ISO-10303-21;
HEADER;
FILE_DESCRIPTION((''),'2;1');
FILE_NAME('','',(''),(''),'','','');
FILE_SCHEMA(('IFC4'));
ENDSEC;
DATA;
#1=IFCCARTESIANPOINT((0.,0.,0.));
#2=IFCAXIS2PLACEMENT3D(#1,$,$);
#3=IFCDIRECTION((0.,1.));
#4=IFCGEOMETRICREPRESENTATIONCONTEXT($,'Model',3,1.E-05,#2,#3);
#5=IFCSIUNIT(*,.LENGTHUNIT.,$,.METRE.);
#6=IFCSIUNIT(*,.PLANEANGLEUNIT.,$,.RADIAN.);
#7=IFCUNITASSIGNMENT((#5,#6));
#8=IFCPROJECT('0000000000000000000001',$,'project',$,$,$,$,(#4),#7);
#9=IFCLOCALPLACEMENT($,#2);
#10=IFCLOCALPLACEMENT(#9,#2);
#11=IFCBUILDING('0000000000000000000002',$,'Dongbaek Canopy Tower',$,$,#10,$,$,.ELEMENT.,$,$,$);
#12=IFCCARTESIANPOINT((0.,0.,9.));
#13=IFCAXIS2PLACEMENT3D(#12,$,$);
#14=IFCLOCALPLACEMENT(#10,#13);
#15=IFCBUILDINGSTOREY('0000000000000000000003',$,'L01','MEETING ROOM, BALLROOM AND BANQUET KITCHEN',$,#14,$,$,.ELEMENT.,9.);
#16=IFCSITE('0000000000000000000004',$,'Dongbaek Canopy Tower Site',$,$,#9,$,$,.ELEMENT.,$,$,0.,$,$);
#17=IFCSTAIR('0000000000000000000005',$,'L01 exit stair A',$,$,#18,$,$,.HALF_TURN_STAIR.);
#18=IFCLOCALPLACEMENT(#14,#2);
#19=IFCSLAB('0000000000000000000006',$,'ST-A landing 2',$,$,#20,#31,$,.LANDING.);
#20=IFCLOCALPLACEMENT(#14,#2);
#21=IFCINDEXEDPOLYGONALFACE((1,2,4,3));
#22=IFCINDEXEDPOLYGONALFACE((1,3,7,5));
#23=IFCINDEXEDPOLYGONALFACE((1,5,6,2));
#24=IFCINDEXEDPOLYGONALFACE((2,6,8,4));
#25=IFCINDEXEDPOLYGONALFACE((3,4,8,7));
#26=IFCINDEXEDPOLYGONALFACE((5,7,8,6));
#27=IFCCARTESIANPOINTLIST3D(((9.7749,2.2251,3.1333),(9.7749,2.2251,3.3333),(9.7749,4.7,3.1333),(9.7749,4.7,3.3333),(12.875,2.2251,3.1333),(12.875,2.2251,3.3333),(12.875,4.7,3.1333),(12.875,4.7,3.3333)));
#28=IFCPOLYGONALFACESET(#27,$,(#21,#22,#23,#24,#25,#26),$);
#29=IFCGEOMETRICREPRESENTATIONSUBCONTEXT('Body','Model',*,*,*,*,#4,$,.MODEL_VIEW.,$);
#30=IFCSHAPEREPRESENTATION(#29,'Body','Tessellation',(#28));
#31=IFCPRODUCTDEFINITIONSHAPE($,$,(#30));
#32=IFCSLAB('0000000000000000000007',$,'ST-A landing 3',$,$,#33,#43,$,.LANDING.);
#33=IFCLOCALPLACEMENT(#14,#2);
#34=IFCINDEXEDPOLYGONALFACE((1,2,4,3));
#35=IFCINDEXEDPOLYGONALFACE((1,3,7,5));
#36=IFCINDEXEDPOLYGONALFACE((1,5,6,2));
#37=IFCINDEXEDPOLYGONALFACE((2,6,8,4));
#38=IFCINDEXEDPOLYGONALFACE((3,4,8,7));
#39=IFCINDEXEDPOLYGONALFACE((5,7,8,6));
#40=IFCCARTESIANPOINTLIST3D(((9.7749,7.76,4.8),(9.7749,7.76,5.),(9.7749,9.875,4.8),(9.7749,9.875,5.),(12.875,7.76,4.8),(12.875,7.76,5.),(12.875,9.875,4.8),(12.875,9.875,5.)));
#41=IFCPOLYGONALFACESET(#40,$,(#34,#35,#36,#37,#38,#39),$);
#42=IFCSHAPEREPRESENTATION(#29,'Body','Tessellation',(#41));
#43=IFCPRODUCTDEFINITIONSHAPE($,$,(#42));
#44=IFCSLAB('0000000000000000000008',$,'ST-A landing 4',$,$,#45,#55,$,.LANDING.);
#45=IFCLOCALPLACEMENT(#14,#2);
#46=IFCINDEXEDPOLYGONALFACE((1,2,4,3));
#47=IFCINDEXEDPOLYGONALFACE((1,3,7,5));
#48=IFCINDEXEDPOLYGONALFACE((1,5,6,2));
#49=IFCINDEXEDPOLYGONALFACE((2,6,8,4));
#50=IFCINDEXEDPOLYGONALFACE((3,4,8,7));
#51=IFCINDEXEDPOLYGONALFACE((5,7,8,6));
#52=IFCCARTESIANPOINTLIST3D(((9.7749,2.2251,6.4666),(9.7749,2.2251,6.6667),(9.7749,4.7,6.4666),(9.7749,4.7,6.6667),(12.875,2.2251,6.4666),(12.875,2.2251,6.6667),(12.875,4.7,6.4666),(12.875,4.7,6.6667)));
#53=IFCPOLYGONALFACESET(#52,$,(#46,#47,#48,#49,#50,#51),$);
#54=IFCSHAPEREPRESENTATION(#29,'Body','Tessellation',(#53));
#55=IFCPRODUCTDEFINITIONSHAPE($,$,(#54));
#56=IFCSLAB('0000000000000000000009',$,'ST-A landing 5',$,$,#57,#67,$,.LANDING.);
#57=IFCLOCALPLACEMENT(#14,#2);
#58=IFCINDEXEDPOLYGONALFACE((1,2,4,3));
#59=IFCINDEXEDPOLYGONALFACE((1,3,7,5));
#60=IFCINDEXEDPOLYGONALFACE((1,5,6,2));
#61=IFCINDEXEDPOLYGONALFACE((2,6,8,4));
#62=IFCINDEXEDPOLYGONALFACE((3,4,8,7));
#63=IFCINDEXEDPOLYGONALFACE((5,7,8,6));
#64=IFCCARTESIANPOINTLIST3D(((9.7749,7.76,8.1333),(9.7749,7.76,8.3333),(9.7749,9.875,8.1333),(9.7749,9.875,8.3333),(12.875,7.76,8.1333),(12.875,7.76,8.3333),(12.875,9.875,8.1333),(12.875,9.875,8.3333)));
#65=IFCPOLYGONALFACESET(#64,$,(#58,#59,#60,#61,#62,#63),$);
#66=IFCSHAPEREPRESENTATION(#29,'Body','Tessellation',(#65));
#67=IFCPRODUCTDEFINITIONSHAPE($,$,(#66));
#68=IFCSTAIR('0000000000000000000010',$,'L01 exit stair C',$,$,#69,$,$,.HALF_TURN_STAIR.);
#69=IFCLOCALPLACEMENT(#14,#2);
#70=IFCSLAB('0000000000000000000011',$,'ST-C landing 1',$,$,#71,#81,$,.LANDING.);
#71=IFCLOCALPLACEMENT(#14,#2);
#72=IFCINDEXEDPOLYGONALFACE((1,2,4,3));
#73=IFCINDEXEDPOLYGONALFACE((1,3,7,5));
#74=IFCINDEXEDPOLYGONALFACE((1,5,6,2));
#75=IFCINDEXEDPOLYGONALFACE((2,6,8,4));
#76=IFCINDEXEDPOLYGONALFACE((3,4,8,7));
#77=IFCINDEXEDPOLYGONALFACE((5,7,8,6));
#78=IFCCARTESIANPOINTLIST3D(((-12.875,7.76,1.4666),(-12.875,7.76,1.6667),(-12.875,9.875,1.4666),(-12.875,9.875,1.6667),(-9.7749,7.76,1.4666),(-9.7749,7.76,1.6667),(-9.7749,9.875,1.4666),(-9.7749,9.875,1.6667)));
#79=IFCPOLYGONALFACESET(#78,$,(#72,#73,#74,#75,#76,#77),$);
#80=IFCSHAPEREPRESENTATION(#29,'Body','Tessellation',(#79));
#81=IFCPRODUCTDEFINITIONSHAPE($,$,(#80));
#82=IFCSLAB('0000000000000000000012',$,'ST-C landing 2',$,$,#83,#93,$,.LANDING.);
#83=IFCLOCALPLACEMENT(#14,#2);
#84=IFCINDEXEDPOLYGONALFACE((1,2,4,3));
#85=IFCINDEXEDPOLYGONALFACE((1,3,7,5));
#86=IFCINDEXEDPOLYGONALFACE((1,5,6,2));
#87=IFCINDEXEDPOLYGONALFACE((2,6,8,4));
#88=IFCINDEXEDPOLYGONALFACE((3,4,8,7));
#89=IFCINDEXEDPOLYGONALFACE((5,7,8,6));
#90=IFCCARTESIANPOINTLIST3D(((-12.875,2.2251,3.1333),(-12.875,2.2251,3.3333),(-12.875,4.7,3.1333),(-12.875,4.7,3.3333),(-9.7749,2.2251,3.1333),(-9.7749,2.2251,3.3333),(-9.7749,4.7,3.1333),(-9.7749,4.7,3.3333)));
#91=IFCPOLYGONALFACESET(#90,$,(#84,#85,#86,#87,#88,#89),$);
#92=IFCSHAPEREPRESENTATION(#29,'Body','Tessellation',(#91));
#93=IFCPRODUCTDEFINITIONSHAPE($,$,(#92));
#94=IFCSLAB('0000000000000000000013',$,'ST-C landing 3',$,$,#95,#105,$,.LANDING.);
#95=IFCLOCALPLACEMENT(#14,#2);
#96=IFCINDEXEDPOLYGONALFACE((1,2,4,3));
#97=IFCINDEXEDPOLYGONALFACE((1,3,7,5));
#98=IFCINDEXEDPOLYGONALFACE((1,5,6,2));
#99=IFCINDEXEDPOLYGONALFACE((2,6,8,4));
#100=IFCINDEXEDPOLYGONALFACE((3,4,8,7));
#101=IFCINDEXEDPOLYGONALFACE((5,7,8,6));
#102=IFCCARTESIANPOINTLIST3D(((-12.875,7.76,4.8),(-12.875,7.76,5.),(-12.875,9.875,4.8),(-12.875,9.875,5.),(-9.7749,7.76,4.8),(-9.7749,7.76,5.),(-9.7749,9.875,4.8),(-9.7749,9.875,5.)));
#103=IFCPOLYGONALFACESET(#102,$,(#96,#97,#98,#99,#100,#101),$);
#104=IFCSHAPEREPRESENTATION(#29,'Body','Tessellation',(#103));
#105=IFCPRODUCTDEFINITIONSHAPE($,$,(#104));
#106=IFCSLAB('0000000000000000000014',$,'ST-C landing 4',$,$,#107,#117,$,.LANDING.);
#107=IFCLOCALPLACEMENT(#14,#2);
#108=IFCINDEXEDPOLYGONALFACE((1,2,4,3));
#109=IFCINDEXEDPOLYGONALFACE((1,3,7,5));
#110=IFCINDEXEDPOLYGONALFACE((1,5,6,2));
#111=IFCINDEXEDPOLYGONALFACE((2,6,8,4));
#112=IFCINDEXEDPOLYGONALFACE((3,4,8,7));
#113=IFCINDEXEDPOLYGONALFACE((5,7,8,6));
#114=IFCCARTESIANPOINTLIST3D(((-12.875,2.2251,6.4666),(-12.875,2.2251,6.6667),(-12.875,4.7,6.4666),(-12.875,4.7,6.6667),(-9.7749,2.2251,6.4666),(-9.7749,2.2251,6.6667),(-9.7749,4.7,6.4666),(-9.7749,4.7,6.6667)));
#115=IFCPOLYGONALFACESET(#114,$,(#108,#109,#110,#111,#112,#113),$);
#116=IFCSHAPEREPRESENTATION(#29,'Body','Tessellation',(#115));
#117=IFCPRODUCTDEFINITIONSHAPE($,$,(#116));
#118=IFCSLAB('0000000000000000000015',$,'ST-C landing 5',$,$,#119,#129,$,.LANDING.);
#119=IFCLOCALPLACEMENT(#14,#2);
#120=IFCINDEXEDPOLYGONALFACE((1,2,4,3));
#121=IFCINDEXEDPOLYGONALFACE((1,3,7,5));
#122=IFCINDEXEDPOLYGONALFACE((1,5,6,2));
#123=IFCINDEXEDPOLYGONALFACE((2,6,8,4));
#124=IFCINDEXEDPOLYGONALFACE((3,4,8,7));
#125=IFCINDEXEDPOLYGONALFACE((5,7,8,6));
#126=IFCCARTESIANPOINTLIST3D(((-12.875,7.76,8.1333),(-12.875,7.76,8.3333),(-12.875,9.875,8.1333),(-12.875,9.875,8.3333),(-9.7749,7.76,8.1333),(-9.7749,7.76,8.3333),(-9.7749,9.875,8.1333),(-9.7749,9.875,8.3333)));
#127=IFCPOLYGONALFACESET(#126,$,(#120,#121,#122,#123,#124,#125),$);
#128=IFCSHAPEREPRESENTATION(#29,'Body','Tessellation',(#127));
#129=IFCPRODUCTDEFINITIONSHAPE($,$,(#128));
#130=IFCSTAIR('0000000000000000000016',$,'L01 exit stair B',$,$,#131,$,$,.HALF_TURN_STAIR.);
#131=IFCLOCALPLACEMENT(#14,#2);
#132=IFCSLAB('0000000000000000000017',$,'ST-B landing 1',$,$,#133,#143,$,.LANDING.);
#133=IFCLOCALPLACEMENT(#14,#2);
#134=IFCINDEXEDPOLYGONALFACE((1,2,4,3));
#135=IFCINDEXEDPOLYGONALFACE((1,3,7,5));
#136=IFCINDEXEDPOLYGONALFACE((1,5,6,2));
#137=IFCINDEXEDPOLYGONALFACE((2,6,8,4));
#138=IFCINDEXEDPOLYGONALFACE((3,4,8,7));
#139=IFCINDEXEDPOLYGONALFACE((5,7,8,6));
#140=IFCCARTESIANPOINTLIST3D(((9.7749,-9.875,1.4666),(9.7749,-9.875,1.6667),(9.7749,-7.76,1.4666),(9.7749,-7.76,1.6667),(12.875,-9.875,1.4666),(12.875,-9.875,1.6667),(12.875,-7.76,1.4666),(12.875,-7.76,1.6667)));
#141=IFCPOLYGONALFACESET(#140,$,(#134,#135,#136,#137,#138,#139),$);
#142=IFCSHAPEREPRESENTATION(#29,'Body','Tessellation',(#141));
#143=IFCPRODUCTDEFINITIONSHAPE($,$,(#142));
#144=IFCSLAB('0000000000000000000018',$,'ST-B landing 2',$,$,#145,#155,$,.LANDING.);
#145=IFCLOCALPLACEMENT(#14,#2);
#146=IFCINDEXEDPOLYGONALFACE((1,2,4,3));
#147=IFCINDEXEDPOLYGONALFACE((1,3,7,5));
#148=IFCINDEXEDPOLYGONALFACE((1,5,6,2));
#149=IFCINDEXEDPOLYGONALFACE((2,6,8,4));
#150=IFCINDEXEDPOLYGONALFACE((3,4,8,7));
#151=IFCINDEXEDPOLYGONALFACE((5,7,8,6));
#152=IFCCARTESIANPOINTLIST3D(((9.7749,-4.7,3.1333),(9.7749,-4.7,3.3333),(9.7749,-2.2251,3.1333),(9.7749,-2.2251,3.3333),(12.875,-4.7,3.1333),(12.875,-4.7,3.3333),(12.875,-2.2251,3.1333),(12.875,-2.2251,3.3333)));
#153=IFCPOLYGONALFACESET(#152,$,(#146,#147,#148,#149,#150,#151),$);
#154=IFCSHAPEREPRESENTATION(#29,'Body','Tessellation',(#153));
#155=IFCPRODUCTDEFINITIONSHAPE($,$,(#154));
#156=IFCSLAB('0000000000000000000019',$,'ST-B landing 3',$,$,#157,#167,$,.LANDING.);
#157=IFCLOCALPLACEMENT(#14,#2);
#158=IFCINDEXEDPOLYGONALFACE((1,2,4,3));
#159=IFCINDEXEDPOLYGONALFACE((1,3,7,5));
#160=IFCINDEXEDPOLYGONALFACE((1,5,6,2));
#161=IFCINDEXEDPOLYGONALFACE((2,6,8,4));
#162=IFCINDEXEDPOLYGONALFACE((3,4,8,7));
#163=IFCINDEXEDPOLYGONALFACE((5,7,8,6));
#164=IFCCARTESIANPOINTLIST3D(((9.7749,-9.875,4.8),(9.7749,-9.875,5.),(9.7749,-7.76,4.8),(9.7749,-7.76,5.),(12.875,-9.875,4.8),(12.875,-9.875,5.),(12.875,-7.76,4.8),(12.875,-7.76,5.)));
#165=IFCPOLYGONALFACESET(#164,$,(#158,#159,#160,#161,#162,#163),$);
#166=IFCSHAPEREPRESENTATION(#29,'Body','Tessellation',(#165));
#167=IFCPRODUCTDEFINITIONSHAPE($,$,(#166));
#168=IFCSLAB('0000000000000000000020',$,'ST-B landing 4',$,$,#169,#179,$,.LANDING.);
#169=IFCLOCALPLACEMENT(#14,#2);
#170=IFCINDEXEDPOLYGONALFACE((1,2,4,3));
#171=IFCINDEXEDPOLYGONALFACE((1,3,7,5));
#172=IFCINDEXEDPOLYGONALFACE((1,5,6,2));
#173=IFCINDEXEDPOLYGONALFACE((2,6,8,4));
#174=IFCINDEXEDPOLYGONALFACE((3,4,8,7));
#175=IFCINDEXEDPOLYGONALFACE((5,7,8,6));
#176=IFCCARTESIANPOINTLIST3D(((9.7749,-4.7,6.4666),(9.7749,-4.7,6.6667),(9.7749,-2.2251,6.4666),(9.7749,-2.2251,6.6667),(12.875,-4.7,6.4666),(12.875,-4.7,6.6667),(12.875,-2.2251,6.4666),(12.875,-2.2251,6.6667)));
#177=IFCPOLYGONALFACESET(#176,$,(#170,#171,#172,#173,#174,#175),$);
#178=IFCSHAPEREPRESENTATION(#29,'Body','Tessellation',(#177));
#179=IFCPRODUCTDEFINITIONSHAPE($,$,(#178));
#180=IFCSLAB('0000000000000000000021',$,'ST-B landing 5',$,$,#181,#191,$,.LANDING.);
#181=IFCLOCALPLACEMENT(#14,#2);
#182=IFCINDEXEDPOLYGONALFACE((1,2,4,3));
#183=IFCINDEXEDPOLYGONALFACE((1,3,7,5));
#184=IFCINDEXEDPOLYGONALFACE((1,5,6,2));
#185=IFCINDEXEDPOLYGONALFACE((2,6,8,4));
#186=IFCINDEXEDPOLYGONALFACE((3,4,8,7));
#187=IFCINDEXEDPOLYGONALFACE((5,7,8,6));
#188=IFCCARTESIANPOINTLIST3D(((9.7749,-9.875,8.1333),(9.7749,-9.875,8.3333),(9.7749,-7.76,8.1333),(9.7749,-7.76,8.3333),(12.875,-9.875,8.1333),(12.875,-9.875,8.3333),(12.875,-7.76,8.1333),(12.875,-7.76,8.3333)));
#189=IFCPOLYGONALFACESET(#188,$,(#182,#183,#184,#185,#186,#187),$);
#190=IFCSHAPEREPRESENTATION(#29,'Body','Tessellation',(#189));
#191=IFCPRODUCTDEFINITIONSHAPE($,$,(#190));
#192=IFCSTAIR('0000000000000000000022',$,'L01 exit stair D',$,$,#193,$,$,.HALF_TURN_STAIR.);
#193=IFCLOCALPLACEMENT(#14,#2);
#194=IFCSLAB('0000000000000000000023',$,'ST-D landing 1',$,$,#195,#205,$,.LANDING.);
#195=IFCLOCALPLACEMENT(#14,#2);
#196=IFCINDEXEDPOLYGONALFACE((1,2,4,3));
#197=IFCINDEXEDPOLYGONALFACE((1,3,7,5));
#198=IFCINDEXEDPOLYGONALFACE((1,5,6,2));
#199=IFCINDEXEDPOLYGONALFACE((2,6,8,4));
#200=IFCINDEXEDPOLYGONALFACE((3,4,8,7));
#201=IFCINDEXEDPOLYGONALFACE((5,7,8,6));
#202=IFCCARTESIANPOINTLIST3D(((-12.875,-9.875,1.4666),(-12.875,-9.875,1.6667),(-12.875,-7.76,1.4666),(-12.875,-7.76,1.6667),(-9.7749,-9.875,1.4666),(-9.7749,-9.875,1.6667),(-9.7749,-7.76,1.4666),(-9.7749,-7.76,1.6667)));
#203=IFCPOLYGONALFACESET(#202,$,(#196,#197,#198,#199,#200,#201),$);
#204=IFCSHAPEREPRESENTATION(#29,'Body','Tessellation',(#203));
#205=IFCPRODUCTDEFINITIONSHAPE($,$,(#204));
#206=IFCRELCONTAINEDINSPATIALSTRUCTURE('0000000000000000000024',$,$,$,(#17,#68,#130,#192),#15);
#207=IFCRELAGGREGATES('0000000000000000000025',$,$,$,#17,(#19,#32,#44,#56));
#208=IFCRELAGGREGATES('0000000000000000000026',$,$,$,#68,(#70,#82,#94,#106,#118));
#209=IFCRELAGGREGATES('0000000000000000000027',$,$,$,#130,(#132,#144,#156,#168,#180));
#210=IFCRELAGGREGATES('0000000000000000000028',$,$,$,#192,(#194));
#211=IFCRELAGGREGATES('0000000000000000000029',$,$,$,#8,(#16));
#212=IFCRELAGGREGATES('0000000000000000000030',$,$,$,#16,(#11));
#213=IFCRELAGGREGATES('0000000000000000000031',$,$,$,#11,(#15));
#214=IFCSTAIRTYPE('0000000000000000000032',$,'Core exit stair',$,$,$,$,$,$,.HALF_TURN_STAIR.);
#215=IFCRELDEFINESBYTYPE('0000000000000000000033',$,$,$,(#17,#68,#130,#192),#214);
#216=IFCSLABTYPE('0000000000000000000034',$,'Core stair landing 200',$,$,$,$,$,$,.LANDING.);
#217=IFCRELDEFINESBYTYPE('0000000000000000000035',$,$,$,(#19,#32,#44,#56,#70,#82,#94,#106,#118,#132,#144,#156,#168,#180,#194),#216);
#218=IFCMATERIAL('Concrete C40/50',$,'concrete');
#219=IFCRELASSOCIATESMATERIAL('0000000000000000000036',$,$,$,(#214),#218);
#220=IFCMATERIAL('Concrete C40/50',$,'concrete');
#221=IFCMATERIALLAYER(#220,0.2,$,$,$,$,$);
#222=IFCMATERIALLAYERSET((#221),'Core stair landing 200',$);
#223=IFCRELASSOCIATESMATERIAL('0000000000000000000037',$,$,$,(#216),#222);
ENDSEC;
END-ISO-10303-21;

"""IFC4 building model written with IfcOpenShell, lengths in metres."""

from ifc_helpers import new_model, si_unit, direction, frame, origin, place, context, subcontext, project, spatial, polyline, outline, extrude, material, layer, layer_set, type_object, element, aggregate, save


model = new_model("IFC4")

# Units and contexts
model_context = context("Model", 3, precision=1e-05, world=origin(), true_north=direction((0.0, 1.0)))
body_context = subcontext(model_context, "Body", "Model", "MODEL_VIEW")
ifc_project = project(units=[si_unit("LENGTHUNIT", "METRE"), si_unit("PLANEANGLEUNIT", "RADIAN")], contexts=[model_context])

# Site, building, storey
site_placement = place(None, origin())
site = spatial("IfcSite", under=ifc_project, at=site_placement, Name="Dongbaek Canopy Tower Site", CompositionType="ELEMENT", RefElevation=0.0)
building_placement = place(site_placement, origin())
building = spatial("IfcBuilding", under=site, at=building_placement, Name="Dongbaek Canopy Tower", CompositionType="ELEMENT")
storey_placement = place(building_placement, frame((0.0, 0.0, 9.0)))
storey = spatial("IfcBuildingStorey", under=building, at=storey_placement, Name="L01", Description="MEETING ROOM, BALLROOM AND BANQUET KITCHEN", CompositionType="ELEMENT", Elevation=9.0)

# Stairs, slabs
ifc_material_1 = material(Name="Concrete C40/50", Category="concrete")
stair_type = type_object("IfcStairType", Name="Core exit stair", PredefinedType="HALF_TURN_STAIR", material=ifc_material_1)
stair_1_placement = place(storey_placement, origin())
stair_1 = element("IfcStair", 1, at=stair_1_placement, inside=storey, type_object=stair_type, Name="L01 exit stair A", PredefinedType="HALF_TURN_STAIR")
ifc_material_2 = material(Name="Concrete C40/50", Category="concrete")
ifc_layer = layer(ifc_material_2, 0.2)
ifc_layer_set = layer_set([ifc_layer], Name="Core stair landing 200")
slab_type = type_object("IfcSlabType", Name="Core stair landing 200", PredefinedType="LANDING", material=ifc_layer_set)
slab_1_placement = place(storey_placement, frame((0.0, 0.0, 3.1333)))
slab_1 = element("IfcSlab", 2, at=slab_1_placement, type_object=slab_type, Name="ST-A landing 2", PredefinedType="LANDING", context=body_context, shape_type="SweptSolid", body=[
    extrude(outline(polyline([(12.875, 2.2251), (12.875, 4.7), (9.7749, 4.7), (9.7749, 2.2251), (12.875, 2.2251)])), origin(), (0.0, 0.0, 1.0), 0.2),
])
slab_2_placement = place(storey_placement, frame((0.0, 0.0, 4.8)))
slab_2 = element("IfcSlab", 3, at=slab_2_placement, type_object=slab_type, Name="ST-A landing 3", PredefinedType="LANDING", context=body_context, shape_type="SweptSolid", body=[
    extrude(outline(polyline([(12.875, 7.76), (12.875, 9.875), (9.7749, 9.875), (9.7749, 7.76), (12.875, 7.76)])), origin(), (0.0, 0.0, 1.0), 0.2),
])
slab_3_placement = place(storey_placement, frame((0.0, 0.0, 6.4666)))
slab_3 = element("IfcSlab", 4, at=slab_3_placement, type_object=slab_type, Name="ST-A landing 4", PredefinedType="LANDING", context=body_context, shape_type="SweptSolid", body=[
    extrude(outline(polyline([(12.875, 2.2251), (12.875, 4.7), (9.7749, 4.7), (9.7749, 2.2251), (12.875, 2.2251)])), origin(), (0.0, 0.0, 1.0), 0.2002),
])
slab_4_placement = place(storey_placement, frame((0.0, 0.0, 8.1333)))
slab_4 = element("IfcSlab", 5, at=slab_4_placement, type_object=slab_type, Name="ST-A landing 5", PredefinedType="LANDING", context=body_context, shape_type="SweptSolid", body=[
    extrude(outline(polyline([(12.875, 7.76), (12.875, 9.875), (9.7749, 9.875), (9.7749, 7.76), (12.875, 7.76)])), origin(), (0.0, 0.0, 1.0), 0.2),
])
aggregate(stair_1, [slab_1, slab_2, slab_3, slab_4])
stair_2_placement = place(storey_placement, origin())
stair_2 = element("IfcStair", 6, at=stair_2_placement, inside=storey, type_object=stair_type, Name="L01 exit stair C", PredefinedType="HALF_TURN_STAIR")
slab_5_placement = place(storey_placement, frame((0.0, 0.0, 1.4666)))
slab_5 = element("IfcSlab", 7, at=slab_5_placement, type_object=slab_type, Name="ST-C landing 1", PredefinedType="LANDING", context=body_context, shape_type="SweptSolid", body=[
    extrude(outline(polyline([(-9.7749, 7.76), (-9.7749, 9.875), (-12.875, 9.875), (-12.875, 7.76), (-9.7749, 7.76)])), origin(), (0.0, 0.0, 1.0), 0.2002),
])
slab_6_placement = place(storey_placement, frame((0.0, 0.0, 3.1333)))
slab_6 = element("IfcSlab", 8, at=slab_6_placement, type_object=slab_type, Name="ST-C landing 2", PredefinedType="LANDING", context=body_context, shape_type="SweptSolid", body=[
    extrude(outline(polyline([(-9.7749, 2.2251), (-9.7749, 4.7), (-12.875, 4.7), (-12.875, 2.2251), (-9.7749, 2.2251)])), origin(), (0.0, 0.0, 1.0), 0.2),
])
slab_7_placement = place(storey_placement, frame((0.0, 0.0, 4.8)))
slab_7 = element("IfcSlab", 9, at=slab_7_placement, type_object=slab_type, Name="ST-C landing 3", PredefinedType="LANDING", context=body_context, shape_type="SweptSolid", body=[
    extrude(outline(polyline([(-9.7749, 7.76), (-9.7749, 9.875), (-12.875, 9.875), (-12.875, 7.76), (-9.7749, 7.76)])), origin(), (0.0, 0.0, 1.0), 0.2),
])
slab_8_placement = place(storey_placement, frame((0.0, 0.0, 6.4666)))
slab_8 = element("IfcSlab", 10, at=slab_8_placement, type_object=slab_type, Name="ST-C landing 4", PredefinedType="LANDING", context=body_context, shape_type="SweptSolid", body=[
    extrude(outline(polyline([(-9.7749, 2.2251), (-9.7749, 4.7), (-12.875, 4.7), (-12.875, 2.2251), (-9.7749, 2.2251)])), origin(), (0.0, 0.0, 1.0), 0.2002),
])
slab_9_placement = place(storey_placement, frame((0.0, 0.0, 8.1333)))
slab_9 = element("IfcSlab", 11, at=slab_9_placement, type_object=slab_type, Name="ST-C landing 5", PredefinedType="LANDING", context=body_context, shape_type="SweptSolid", body=[
    extrude(outline(polyline([(-9.7749, 7.76), (-9.7749, 9.875), (-12.875, 9.875), (-12.875, 7.76), (-9.7749, 7.76)])), origin(), (0.0, 0.0, 1.0), 0.2),
])
aggregate(stair_2, [slab_5, slab_6, slab_7, slab_8, slab_9])
stair_3_placement = place(storey_placement, origin())
stair_3 = element("IfcStair", 12, at=stair_3_placement, inside=storey, type_object=stair_type, Name="L01 exit stair B", PredefinedType="HALF_TURN_STAIR")
slab_10_placement = place(storey_placement, frame((0.0, 0.0, 1.4666)))
slab_10 = element("IfcSlab", 13, at=slab_10_placement, type_object=slab_type, Name="ST-B landing 1", PredefinedType="LANDING", context=body_context, shape_type="SweptSolid", body=[
    extrude(outline(polyline([(9.7749, -7.76), (9.7749, -9.875), (12.875, -9.875), (12.875, -7.76), (9.7749, -7.76)])), origin(), (0.0, 0.0, 1.0), 0.2002),
])
slab_11_placement = place(storey_placement, frame((0.0, 0.0, 3.1333)))
slab_11 = element("IfcSlab", 14, at=slab_11_placement, type_object=slab_type, Name="ST-B landing 2", PredefinedType="LANDING", context=body_context, shape_type="SweptSolid", body=[
    extrude(outline(polyline([(9.7749, -2.2251), (9.7749, -4.7), (12.875, -4.7), (12.875, -2.2251), (9.7749, -2.2251)])), origin(), (0.0, 0.0, 1.0), 0.2),
])
slab_12_placement = place(storey_placement, frame((0.0, 0.0, 4.8)))
slab_12 = element("IfcSlab", 15, at=slab_12_placement, type_object=slab_type, Name="ST-B landing 3", PredefinedType="LANDING", context=body_context, shape_type="SweptSolid", body=[
    extrude(outline(polyline([(9.7749, -7.76), (9.7749, -9.875), (12.875, -9.875), (12.875, -7.76), (9.7749, -7.76)])), origin(), (0.0, 0.0, 1.0), 0.2),
])
slab_13_placement = place(storey_placement, frame((0.0, 0.0, 6.4666)))
slab_13 = element("IfcSlab", 16, at=slab_13_placement, type_object=slab_type, Name="ST-B landing 4", PredefinedType="LANDING", context=body_context, shape_type="SweptSolid", body=[
    extrude(outline(polyline([(9.7749, -2.2251), (9.7749, -4.7), (12.875, -4.7), (12.875, -2.2251), (9.7749, -2.2251)])), origin(), (0.0, 0.0, 1.0), 0.2002),
])
slab_14_placement = place(storey_placement, frame((0.0, 0.0, 8.1333)))
slab_14 = element("IfcSlab", 17, at=slab_14_placement, type_object=slab_type, Name="ST-B landing 5", PredefinedType="LANDING", context=body_context, shape_type="SweptSolid", body=[
    extrude(outline(polyline([(9.7749, -7.76), (9.7749, -9.875), (12.875, -9.875), (12.875, -7.76), (9.7749, -7.76)])), origin(), (0.0, 0.0, 1.0), 0.2),
])
aggregate(stair_3, [slab_10, slab_11, slab_12, slab_13, slab_14])
stair_4_placement = place(storey_placement, origin())
stair_4 = element("IfcStair", 18, at=stair_4_placement, inside=storey, type_object=stair_type, Name="L01 exit stair D", PredefinedType="HALF_TURN_STAIR")
slab_15_placement = place(storey_placement, frame((0.0, 0.0, 1.4666)))
slab_15 = element("IfcSlab", 19, at=slab_15_placement, type_object=slab_type, Name="ST-D landing 1", PredefinedType="LANDING", context=body_context, shape_type="SweptSolid", body=[
    extrude(outline(polyline([(-12.875, -7.76), (-12.875, -9.875), (-9.7749, -9.875), (-9.7749, -7.76), (-12.875, -7.76)])), origin(), (0.0, 0.0, 1.0), 0.2002),
])
aggregate(stair_4, [slab_15])

save(model, "model.ifc")
